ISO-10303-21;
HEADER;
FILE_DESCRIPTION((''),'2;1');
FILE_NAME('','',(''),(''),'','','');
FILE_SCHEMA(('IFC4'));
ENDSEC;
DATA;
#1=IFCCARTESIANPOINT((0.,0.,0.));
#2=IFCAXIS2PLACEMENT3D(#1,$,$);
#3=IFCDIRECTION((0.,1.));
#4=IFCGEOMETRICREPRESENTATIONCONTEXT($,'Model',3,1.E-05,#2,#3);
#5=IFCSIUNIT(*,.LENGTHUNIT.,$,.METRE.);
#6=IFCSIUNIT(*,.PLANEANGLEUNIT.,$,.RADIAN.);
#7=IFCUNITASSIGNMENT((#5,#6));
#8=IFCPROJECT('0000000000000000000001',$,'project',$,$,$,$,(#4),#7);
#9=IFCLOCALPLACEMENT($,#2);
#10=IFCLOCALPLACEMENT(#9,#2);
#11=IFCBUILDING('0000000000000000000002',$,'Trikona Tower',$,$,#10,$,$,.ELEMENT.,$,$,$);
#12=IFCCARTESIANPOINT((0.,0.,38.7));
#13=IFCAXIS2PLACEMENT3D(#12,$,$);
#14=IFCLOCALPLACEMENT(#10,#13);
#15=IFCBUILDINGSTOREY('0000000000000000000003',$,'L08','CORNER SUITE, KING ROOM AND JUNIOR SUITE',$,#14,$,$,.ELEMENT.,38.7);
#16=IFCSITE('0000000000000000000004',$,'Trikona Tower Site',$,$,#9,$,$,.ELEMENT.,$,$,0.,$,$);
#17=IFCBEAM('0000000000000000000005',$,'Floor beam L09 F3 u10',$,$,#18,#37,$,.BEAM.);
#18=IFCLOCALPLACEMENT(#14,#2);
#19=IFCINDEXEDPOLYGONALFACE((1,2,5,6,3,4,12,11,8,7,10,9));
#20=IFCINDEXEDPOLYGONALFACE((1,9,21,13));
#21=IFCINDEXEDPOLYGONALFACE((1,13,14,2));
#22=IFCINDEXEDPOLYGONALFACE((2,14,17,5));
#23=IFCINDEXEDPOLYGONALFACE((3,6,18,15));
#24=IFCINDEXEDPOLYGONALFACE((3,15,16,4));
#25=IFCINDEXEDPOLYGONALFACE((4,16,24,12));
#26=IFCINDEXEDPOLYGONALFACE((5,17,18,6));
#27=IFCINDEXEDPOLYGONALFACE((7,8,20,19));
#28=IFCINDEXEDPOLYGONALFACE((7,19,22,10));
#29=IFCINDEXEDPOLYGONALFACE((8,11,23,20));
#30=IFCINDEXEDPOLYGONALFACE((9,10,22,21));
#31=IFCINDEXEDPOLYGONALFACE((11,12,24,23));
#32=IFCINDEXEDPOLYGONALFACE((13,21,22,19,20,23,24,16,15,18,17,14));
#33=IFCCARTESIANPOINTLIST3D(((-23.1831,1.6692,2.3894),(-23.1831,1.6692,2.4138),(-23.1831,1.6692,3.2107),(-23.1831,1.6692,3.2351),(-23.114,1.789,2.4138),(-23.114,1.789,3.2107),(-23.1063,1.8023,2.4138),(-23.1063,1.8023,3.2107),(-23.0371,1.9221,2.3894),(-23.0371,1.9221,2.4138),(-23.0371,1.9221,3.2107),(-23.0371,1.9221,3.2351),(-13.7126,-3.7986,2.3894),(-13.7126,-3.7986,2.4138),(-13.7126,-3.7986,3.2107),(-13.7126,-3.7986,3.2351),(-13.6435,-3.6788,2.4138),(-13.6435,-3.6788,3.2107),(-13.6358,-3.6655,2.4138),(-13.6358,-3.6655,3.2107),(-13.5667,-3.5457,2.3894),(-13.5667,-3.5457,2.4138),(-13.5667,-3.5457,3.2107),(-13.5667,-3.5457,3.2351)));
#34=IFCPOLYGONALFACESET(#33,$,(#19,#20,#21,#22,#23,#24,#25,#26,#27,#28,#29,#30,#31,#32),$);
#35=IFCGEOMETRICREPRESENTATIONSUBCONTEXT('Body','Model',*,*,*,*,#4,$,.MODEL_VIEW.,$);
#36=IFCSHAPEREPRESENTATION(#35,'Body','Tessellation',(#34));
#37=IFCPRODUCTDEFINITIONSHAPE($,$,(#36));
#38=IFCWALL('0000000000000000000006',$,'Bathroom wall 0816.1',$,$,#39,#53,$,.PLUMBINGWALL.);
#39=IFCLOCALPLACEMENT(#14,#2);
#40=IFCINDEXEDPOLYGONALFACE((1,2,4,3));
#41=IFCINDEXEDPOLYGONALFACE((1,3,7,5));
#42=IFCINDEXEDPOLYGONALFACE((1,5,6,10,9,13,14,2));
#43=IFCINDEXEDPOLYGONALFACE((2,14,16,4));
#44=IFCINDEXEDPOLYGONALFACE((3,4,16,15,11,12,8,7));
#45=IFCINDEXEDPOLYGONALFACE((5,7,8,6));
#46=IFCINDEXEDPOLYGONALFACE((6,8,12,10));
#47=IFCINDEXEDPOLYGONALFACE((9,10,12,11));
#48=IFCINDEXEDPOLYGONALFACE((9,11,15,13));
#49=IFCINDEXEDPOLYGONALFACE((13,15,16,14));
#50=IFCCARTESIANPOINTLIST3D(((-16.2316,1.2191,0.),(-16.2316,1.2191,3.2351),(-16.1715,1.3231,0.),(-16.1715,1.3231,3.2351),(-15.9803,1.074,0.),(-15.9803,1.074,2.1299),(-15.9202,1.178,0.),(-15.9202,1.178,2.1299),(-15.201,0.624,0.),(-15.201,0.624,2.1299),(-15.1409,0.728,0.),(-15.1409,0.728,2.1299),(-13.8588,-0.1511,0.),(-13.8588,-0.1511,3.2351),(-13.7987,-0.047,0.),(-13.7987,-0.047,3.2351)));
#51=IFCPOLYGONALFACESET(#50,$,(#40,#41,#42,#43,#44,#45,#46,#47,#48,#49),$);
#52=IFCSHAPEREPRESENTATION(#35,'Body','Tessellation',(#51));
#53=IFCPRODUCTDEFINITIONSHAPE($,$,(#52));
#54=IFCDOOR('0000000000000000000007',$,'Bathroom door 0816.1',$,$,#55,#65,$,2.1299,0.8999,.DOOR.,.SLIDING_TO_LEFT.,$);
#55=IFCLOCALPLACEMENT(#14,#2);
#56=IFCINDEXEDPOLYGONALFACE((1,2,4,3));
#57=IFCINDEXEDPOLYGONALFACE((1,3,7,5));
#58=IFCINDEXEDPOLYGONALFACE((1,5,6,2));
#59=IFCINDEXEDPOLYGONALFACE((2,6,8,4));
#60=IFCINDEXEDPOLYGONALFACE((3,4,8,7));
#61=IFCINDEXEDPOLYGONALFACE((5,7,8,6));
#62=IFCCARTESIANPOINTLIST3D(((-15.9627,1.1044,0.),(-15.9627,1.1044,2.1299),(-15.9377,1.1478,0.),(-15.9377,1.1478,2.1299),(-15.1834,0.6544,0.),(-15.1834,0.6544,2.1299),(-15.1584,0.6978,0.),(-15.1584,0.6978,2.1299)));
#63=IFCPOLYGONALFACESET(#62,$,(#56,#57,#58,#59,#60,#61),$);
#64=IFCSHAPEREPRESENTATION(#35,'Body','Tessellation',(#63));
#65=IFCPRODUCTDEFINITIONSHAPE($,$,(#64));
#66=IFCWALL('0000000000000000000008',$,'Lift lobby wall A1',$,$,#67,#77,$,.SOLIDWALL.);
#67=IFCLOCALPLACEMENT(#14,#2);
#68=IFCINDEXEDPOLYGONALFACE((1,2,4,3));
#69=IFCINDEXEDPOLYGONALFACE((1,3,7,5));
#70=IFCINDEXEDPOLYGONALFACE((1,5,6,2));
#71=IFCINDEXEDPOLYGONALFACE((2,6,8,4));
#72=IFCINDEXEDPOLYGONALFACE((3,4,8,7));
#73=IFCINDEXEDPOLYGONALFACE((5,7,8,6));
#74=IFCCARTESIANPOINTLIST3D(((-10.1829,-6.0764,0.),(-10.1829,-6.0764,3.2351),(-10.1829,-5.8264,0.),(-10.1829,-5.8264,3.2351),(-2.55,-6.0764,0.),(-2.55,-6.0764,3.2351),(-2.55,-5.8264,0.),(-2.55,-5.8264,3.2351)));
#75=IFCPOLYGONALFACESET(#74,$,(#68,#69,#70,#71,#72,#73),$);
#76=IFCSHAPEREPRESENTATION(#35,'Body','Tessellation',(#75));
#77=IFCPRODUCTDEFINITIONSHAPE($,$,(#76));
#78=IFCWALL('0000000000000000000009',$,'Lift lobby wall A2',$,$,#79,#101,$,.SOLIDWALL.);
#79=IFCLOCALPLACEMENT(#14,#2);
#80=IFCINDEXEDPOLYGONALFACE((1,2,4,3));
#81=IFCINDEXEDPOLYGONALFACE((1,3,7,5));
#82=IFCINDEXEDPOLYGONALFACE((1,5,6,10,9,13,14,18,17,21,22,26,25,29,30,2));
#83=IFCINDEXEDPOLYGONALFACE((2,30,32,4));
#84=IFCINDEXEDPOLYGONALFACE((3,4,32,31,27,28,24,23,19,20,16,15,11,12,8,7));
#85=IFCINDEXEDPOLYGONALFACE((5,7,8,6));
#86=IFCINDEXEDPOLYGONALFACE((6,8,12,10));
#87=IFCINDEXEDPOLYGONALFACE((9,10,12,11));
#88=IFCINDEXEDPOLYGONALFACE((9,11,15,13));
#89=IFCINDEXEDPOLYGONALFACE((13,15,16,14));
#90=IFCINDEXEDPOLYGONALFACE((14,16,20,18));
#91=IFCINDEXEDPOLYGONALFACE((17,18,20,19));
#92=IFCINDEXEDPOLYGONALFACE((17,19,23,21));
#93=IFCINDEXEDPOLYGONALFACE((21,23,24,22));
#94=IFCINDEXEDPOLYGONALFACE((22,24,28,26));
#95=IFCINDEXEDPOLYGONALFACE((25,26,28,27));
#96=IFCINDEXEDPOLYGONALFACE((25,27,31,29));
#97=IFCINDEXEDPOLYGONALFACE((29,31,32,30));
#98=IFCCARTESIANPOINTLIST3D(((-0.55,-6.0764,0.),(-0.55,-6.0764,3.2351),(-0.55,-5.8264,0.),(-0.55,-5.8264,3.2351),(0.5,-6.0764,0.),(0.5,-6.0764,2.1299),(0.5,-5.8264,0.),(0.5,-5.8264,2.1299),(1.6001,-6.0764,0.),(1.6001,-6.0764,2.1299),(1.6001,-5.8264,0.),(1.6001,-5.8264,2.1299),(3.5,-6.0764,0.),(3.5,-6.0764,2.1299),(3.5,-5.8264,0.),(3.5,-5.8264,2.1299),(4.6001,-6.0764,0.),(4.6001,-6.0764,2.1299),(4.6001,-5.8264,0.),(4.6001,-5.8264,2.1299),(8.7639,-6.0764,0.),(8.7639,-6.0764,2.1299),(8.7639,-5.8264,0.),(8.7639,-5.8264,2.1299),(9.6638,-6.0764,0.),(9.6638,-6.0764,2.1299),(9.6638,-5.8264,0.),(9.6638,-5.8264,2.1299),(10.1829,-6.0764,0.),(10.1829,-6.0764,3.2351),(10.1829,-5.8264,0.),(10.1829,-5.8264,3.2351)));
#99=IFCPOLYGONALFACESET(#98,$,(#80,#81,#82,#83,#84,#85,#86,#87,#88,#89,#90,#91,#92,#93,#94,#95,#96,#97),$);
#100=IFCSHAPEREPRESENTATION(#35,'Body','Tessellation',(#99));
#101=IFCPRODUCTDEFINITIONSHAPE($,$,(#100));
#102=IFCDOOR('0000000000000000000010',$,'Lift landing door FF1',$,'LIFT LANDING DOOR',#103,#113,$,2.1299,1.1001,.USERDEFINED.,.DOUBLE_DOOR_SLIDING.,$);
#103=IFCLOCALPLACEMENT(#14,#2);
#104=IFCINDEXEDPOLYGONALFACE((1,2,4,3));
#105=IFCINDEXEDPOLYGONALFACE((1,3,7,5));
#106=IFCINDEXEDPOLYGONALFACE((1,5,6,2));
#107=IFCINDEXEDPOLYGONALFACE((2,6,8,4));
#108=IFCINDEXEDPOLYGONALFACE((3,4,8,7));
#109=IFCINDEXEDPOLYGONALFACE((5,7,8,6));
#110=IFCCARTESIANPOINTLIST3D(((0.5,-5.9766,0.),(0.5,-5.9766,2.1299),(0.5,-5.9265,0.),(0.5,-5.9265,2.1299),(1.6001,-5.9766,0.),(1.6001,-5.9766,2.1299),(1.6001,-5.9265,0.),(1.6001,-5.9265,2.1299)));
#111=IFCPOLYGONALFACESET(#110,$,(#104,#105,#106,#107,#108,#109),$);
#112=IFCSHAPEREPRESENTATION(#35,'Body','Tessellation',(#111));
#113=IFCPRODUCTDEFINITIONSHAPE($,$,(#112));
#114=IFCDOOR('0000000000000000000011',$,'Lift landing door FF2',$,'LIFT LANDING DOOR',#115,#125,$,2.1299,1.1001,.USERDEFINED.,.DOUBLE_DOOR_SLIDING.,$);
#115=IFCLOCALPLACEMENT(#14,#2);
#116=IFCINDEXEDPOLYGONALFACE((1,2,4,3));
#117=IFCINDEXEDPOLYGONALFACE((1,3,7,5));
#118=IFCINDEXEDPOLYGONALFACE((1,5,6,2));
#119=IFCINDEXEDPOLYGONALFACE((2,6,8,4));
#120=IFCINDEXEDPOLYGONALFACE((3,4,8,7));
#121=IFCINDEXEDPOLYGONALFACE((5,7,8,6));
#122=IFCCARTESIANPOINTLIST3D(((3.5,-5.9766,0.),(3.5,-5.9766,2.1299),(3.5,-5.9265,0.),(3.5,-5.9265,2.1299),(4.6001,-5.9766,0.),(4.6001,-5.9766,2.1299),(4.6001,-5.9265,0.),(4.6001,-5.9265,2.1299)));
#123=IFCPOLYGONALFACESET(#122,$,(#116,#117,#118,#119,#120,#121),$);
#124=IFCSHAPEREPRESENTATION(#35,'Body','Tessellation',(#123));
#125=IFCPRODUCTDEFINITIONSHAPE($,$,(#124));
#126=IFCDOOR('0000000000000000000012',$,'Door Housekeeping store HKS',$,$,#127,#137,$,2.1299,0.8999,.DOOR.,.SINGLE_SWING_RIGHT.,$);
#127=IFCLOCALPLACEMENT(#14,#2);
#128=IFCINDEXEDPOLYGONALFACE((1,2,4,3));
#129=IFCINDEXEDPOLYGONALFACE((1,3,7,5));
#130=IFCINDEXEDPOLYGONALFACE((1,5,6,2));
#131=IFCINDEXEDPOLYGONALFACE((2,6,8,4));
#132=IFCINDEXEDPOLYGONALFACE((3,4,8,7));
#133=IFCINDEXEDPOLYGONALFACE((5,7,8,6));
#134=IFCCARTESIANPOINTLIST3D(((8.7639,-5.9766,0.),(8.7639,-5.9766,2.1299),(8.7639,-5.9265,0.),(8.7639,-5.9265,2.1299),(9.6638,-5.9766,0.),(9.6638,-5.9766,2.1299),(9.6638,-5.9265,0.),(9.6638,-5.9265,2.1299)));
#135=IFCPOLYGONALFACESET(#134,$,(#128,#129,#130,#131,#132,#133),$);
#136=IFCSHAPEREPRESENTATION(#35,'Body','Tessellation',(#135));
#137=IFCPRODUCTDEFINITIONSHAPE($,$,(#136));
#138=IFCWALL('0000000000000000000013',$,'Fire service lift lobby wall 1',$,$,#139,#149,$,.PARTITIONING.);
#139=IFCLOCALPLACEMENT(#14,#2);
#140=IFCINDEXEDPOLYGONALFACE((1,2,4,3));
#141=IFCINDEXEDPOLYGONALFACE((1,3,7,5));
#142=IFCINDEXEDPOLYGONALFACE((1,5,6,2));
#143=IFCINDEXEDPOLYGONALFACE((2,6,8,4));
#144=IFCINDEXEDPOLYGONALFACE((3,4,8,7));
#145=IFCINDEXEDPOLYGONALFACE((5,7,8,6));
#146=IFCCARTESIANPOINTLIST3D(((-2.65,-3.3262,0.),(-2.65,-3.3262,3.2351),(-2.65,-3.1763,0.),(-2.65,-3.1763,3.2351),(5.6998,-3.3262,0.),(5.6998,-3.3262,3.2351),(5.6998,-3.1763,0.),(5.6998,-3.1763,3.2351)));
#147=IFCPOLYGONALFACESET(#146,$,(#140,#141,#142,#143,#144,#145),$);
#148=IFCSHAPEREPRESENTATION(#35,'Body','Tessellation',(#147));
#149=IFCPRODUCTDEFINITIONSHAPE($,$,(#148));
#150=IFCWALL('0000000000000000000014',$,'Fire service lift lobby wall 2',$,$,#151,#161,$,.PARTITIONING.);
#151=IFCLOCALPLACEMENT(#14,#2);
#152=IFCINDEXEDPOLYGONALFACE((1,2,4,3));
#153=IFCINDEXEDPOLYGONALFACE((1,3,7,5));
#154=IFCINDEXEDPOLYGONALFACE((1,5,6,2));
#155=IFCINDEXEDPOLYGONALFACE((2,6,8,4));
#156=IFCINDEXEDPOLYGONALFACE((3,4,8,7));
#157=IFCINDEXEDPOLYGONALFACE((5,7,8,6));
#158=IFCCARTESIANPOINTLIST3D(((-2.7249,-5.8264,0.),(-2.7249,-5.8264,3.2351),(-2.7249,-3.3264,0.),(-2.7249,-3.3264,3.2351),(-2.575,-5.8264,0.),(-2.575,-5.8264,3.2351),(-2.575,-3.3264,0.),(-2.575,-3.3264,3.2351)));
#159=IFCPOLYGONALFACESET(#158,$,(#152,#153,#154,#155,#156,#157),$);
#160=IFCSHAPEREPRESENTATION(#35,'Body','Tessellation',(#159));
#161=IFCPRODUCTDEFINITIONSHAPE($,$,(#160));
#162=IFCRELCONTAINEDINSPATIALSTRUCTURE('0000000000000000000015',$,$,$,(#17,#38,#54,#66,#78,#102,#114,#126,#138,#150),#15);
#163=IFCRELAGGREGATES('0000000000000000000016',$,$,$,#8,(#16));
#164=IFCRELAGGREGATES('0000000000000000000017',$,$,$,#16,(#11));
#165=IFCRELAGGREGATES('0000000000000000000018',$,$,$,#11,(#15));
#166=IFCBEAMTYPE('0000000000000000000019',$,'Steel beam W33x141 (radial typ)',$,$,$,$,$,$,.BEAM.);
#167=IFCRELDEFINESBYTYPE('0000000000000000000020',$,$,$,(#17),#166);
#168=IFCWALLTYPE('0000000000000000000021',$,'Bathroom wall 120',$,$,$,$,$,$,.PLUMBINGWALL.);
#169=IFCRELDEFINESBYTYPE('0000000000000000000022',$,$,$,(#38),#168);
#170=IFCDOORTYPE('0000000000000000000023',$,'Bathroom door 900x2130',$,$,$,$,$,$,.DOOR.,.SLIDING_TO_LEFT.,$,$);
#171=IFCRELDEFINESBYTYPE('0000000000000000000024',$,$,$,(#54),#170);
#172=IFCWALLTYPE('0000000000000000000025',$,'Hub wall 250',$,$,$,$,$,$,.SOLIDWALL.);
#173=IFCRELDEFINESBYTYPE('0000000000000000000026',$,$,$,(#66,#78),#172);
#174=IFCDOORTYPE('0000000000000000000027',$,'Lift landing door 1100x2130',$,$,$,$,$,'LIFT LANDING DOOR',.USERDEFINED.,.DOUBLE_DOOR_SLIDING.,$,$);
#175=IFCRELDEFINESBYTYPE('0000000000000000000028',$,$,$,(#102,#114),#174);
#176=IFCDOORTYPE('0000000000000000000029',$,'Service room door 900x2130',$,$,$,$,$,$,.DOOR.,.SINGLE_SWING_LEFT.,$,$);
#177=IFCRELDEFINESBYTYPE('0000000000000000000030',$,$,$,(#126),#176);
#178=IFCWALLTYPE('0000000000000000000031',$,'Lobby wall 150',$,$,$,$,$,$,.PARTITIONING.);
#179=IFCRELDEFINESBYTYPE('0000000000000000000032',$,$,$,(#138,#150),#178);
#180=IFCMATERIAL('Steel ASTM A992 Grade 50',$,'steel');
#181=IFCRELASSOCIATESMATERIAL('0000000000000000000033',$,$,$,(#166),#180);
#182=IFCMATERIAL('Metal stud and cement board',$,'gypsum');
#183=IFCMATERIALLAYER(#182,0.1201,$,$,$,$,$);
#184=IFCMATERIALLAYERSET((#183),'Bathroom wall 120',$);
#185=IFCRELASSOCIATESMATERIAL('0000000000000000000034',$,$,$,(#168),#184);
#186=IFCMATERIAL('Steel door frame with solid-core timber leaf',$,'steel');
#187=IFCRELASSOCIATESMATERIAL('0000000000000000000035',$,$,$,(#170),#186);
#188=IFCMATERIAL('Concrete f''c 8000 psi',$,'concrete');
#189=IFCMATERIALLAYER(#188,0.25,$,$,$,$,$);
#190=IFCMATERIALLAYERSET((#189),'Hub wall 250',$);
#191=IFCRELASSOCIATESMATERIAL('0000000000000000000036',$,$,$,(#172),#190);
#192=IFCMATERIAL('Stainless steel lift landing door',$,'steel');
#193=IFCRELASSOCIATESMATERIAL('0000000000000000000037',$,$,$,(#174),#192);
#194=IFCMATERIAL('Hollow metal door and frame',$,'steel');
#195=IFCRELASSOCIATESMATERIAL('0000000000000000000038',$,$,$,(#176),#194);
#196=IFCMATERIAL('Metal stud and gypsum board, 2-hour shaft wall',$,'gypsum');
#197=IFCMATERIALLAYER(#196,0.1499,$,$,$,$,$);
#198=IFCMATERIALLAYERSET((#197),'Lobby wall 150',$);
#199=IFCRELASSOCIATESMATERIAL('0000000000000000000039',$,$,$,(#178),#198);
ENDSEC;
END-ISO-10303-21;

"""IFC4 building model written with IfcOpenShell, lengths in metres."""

from ifc_helpers import new_model, si_unit, direction, frame, frame_2d, origin, origin_2d, place, context, subcontext, project, spatial, rectangle, i_section, extrude, material, layer, layer_set, material_profile, profile_set, type_object, element, fill, save


model = new_model("IFC4")

# Units and contexts
model_context = context("Model", 3, precision=1e-05, world=origin(), true_north=direction((0.0, 1.0)))
body_context = subcontext(model_context, "Body", "Model", "MODEL_VIEW")
ifc_project = project(units=[si_unit("LENGTHUNIT", "METRE"), si_unit("PLANEANGLEUNIT", "RADIAN")], contexts=[model_context])

# Site, building, storey
site_placement = place(None, origin())
site = spatial("IfcSite", under=ifc_project, at=site_placement, Name="Trikona Tower Site", CompositionType="ELEMENT", RefElevation=0.0)
building_placement = place(site_placement, origin())
building = spatial("IfcBuilding", under=site, at=building_placement, Name="Trikona Tower", CompositionType="ELEMENT")
storey_placement = place(building_placement, frame((0.0, 0.0, 38.7)))
storey = spatial("IfcBuildingStorey", under=building, at=storey_placement, Name="L08", Description="CORNER SUITE, KING ROOM AND JUNIOR SUITE", CompositionType="ELEMENT", Elevation=38.7)

# Beam
ifc_material_1 = material(Name="Steel ASTM A992 Grade 50", Category="steel")
ifc_material_profile = material_profile(ifc_material_1, i_section(OverallWidth=0.292, OverallDepth=0.8457, WebThickness=0.0154, FlangeThickness=0.0244, at=origin_2d()), Name="W33X141")
ifc_profile_set = profile_set([ifc_material_profile], Name="Steel ASTM A992 Grade 50")
beam_type = type_object("IfcBeamType", Name="Steel beam W33x141 (radial typ)", PredefinedType="BEAM", material=ifc_profile_set)
beam_placement = place(storey_placement, frame((-13.6396, -3.6721, 2.8123), z_axis=(-0.866025, 0.5, 0.0), x_axis=(-0.5, -0.866025, 0.0)))
element("IfcBeam", 1, at=beam_placement, inside=storey, type_object=beam_type, Name="Floor beam L09 F3 u10", PredefinedType="BEAM", context=body_context, shape_type="SweptSolid", body=[
    extrude(i_section(OverallWidth=0.292, OverallDepth=0.8457, WebThickness=0.0154, FlangeThickness=0.0244, at=origin_2d()), origin(), (0.0, 0.0, 1.0), 10.9355),
])

# Wall, opening, door
ifc_material_2 = material(Name="Metal stud and cement board", Category="gypsum")
ifc_layer_1 = layer(ifc_material_2, 0.1201)
ifc_layer_set_1 = layer_set([ifc_layer_1], Name="Bathroom wall 120")
wall_type_1 = type_object("IfcWallType", Name="Bathroom wall 120", PredefinedType="PLUMBINGWALL", material=ifc_layer_set_1)
wall_1_placement = place(storey_placement, frame((-13.8286, -0.0991, 0.0), z_axis=(0.0, 0.0, 1.0), x_axis=(-0.865997, 0.500049, 0.0)))
wall_1 = element("IfcWall", 2, at=wall_1_placement, inside=storey, type_object=wall_type_1, Name="Bathroom wall 0816.1", PredefinedType="PLUMBINGWALL", context=body_context, shape_type="SweptSolid", body=[
    extrude(rectangle(XDim=2.74, YDim=0.1201, at=frame_2d((1.3701, 0.0))), origin(), (0.0, 0.0, 1.0), 3.2351),
])
opening_1_placement = place(wall_1_placement, frame((1.55, 0.0, 0.0)))
opening_1 = element("IfcOpeningElement", 3, at=opening_1_placement, cuts=wall_1, PredefinedType="OPENING", context=body_context, shape_type="SweptSolid", body=[
    extrude(rectangle(XDim=0.8999, YDim=2.1299, at=frame_2d((0.45, 1.0649))), frame((0.0, 0.0701, 0.0), z_axis=(0.0, -1.0, 0.0), x_axis=(1.0, 0.0, 0.0)), (0.0, 0.0, 1.0), 0.1401),
])
ifc_material_3 = material(Name="Steel door frame with solid-core timber leaf", Category="steel")
door_type_1 = type_object("IfcDoorType", Name="Bathroom door 900x2130", OperationType="SLIDING_TO_LEFT", PredefinedType="DOOR", material=ifc_material_3)
door_1_placement = place(opening_1_placement, origin())
door_1 = element("IfcDoor", 4, at=door_1_placement, inside=storey, type_object=door_type_1, Name="Bathroom door 0816.1", OperationType="SLIDING_TO_LEFT", OverallHeight=2.1299, OverallWidth=0.8999, PredefinedType="DOOR", context=body_context, shape_type="SweptSolid", body=[
    extrude(rectangle(XDim=0.8999, YDim=2.1299, at=frame_2d((0.45, 1.0649))), frame((0.0, 0.0249, 0.0), z_axis=(0.0, -1.0, 0.0), x_axis=(1.0, 0.0, 0.0)), (0.0, 0.0, 1.0), 0.05),
])
fill(opening_1, door_1)

# Wall
ifc_material_4 = material(Name="Concrete f'c 8000 psi", Category="concrete")
ifc_layer_2 = layer(ifc_material_4, 0.25)
ifc_layer_set_2 = layer_set([ifc_layer_2], Name="Hub wall 250")
wall_type_2 = type_object("IfcWallType", Name="Hub wall 250", PredefinedType="SOLIDWALL", material=ifc_layer_set_2)
wall_2_placement = place(storey_placement, frame((-10.1829, -5.9514, 0.0), z_axis=(0.0, 0.0, 1.0), x_axis=(1.0, 0.0, 0.0)))
element("IfcWall", 5, at=wall_2_placement, inside=storey, type_object=wall_type_2, Name="Lift lobby wall A1", PredefinedType="SOLIDWALL", context=body_context, shape_type="SweptSolid", body=[
    extrude(rectangle(XDim=7.6328, YDim=0.25, at=frame_2d((3.8164, 0.0))), origin(), (0.0, 0.0, 1.0), 3.2351),
])

# Wall, openings, doors
wall_3_placement = place(storey_placement, frame((-0.55, -5.9514, 0.0), z_axis=(0.0, 0.0, 1.0), x_axis=(1.0, 0.0, 0.0)))
wall_3 = element("IfcWall", 6, at=wall_3_placement, inside=storey, type_object=wall_type_2, Name="Lift lobby wall A2", PredefinedType="SOLIDWALL", context=body_context, shape_type="SweptSolid", body=[
    extrude(rectangle(XDim=10.7329, YDim=0.25, at=frame_2d((5.3665, 0.0))), origin(), (0.0, 0.0, 1.0), 3.2351),
])
opening_2_placement = place(wall_3_placement, frame((9.314, 0.0, 0.0)))
opening_2 = element("IfcOpeningElement", 7, at=opening_2_placement, cuts=wall_3, PredefinedType="OPENING", context=body_context, shape_type="SweptSolid", body=[
    extrude(rectangle(XDim=0.8999, YDim=2.1299, at=frame_2d((0.45, 1.0649))), frame((0.0, 0.135, 0.0), z_axis=(0.0, -1.0, 0.0), x_axis=(1.0, 0.0, 0.0)), (0.0, 0.0, 1.0), 0.27),
])
opening_3_placement = place(wall_3_placement, frame((1.05, 0.0, 0.0)))
opening_3 = element("IfcOpeningElement", 8, at=opening_3_placement, cuts=wall_3, PredefinedType="OPENING", context=body_context, shape_type="SweptSolid", body=[
    extrude(rectangle(XDim=1.1001, YDim=2.1299, at=frame_2d((0.55, 1.0649))), frame((0.0, 0.135, 0.0), z_axis=(0.0, -1.0, 0.0), x_axis=(1.0, 0.0, 0.0)), (0.0, 0.0, 1.0), 0.27),
])
opening_4_placement = place(wall_3_placement, frame((4.05, 0.0, 0.0)))
opening_4 = element("IfcOpeningElement", 9, at=opening_4_placement, cuts=wall_3, PredefinedType="OPENING", context=body_context, shape_type="SweptSolid", body=[
    extrude(rectangle(XDim=1.1001, YDim=2.1299, at=frame_2d((0.55, 1.0649))), frame((0.0, 0.135, 0.0), z_axis=(0.0, -1.0, 0.0), x_axis=(1.0, 0.0, 0.0)), (0.0, 0.0, 1.0), 0.27),
])
ifc_material_5 = material(Name="Stainless steel lift landing door", Category="steel")
door_type_2 = type_object("IfcDoorType", Name="Lift landing door 1100x2130", ElementType="LIFT LANDING DOOR", OperationType="DOUBLE_DOOR_SLIDING", PredefinedType="USERDEFINED", material=ifc_material_5)
door_2_placement = place(opening_3_placement, origin())
door_2 = element("IfcDoor", 10, at=door_2_placement, inside=storey, type_object=door_type_2, Name="Lift landing door FF1", ObjectType="LIFT LANDING DOOR", OperationType="DOUBLE_DOOR_SLIDING", OverallHeight=2.1299, OverallWidth=1.1001, PredefinedType="USERDEFINED", context=body_context, shape_type="SweptSolid", body=[
    extrude(rectangle(XDim=1.1001, YDim=2.1299, at=frame_2d((0.55, 1.0649))), frame((0.0, 0.0249, 0.0), z_axis=(0.0, -1.0, 0.0), x_axis=(1.0, 0.0, 0.0)), (0.0, 0.0, 1.0), 0.05),
])
fill(opening_3, door_2)
door_3_placement = place(opening_4_placement, origin())
door_3 = element("IfcDoor", 11, at=door_3_placement, inside=storey, type_object=door_type_2, Name="Lift landing door FF2", ObjectType="LIFT LANDING DOOR", OperationType="DOUBLE_DOOR_SLIDING", OverallHeight=2.1299, OverallWidth=1.1001, PredefinedType="USERDEFINED", context=body_context, shape_type="SweptSolid", body=[
    extrude(rectangle(XDim=1.1001, YDim=2.1299, at=frame_2d((0.55, 1.0649))), frame((0.0, 0.0249, 0.0), z_axis=(0.0, -1.0, 0.0), x_axis=(1.0, 0.0, 0.0)), (0.0, 0.0, 1.0), 0.05),
])
fill(opening_4, door_3)
ifc_material_6 = material(Name="Hollow metal door and frame", Category="steel")
door_type_3 = type_object("IfcDoorType", Name="Service room door 900x2130", OperationType="SINGLE_SWING_LEFT", PredefinedType="DOOR", material=ifc_material_6)
door_4_placement = place(opening_2_placement, origin())
door_4 = element("IfcDoor", 12, at=door_4_placement, inside=storey, type_object=door_type_3, Name="Door Housekeeping store HKS", OperationType="SINGLE_SWING_RIGHT", OverallHeight=2.1299, OverallWidth=0.8999, PredefinedType="DOOR", context=body_context, shape_type="SweptSolid", body=[
    extrude(rectangle(XDim=0.8999, YDim=2.1299, at=frame_2d((0.45, 1.0649))), frame((0.0, 0.0249, 0.0), z_axis=(0.0, -1.0, 0.0), x_axis=(1.0, 0.0, 0.0)), (0.0, 0.0, 1.0), 0.05),
])
fill(opening_2, door_4)

# Walls
ifc_material_7 = material(Name="Metal stud and gypsum board, 2-hour shaft wall", Category="gypsum")
ifc_layer_3 = layer(ifc_material_7, 0.1499)
ifc_layer_set_3 = layer_set([ifc_layer_3], Name="Lobby wall 150")
wall_type_3 = type_object("IfcWallType", Name="Lobby wall 150", PredefinedType="PARTITIONING", material=ifc_layer_set_3)
wall_4_placement = place(storey_placement, frame((-2.6499, -3.2512, 0.0), z_axis=(0.0, 0.0, 1.0), x_axis=(1.0, 0.0, 0.0)))
element("IfcWall", 13, at=wall_4_placement, inside=storey, type_object=wall_type_3, Name="Fire service lift lobby wall 1", PredefinedType="PARTITIONING", context=body_context, shape_type="SweptSolid", body=[
    extrude(rectangle(XDim=8.3499, YDim=0.1499, at=frame_2d((4.1748, 0.0))), origin(), (0.0, 0.0, 1.0), 3.2351),
])
wall_5_placement = place(storey_placement, frame((-2.6499, -5.8264, 0.0), z_axis=(0.0, 0.0, 1.0), x_axis=(0.0, 1.0, 0.0)))
element("IfcWall", 14, at=wall_5_placement, inside=storey, type_object=wall_type_3, Name="Fire service lift lobby wall 2", PredefinedType="PARTITIONING", context=body_context, shape_type="SweptSolid", body=[
    extrude(rectangle(XDim=2.5, YDim=0.1499, at=frame_2d((1.25, 0.0))), origin(), (0.0, 0.0, 1.0), 3.2351),
])

save(model, "model.ifc")
